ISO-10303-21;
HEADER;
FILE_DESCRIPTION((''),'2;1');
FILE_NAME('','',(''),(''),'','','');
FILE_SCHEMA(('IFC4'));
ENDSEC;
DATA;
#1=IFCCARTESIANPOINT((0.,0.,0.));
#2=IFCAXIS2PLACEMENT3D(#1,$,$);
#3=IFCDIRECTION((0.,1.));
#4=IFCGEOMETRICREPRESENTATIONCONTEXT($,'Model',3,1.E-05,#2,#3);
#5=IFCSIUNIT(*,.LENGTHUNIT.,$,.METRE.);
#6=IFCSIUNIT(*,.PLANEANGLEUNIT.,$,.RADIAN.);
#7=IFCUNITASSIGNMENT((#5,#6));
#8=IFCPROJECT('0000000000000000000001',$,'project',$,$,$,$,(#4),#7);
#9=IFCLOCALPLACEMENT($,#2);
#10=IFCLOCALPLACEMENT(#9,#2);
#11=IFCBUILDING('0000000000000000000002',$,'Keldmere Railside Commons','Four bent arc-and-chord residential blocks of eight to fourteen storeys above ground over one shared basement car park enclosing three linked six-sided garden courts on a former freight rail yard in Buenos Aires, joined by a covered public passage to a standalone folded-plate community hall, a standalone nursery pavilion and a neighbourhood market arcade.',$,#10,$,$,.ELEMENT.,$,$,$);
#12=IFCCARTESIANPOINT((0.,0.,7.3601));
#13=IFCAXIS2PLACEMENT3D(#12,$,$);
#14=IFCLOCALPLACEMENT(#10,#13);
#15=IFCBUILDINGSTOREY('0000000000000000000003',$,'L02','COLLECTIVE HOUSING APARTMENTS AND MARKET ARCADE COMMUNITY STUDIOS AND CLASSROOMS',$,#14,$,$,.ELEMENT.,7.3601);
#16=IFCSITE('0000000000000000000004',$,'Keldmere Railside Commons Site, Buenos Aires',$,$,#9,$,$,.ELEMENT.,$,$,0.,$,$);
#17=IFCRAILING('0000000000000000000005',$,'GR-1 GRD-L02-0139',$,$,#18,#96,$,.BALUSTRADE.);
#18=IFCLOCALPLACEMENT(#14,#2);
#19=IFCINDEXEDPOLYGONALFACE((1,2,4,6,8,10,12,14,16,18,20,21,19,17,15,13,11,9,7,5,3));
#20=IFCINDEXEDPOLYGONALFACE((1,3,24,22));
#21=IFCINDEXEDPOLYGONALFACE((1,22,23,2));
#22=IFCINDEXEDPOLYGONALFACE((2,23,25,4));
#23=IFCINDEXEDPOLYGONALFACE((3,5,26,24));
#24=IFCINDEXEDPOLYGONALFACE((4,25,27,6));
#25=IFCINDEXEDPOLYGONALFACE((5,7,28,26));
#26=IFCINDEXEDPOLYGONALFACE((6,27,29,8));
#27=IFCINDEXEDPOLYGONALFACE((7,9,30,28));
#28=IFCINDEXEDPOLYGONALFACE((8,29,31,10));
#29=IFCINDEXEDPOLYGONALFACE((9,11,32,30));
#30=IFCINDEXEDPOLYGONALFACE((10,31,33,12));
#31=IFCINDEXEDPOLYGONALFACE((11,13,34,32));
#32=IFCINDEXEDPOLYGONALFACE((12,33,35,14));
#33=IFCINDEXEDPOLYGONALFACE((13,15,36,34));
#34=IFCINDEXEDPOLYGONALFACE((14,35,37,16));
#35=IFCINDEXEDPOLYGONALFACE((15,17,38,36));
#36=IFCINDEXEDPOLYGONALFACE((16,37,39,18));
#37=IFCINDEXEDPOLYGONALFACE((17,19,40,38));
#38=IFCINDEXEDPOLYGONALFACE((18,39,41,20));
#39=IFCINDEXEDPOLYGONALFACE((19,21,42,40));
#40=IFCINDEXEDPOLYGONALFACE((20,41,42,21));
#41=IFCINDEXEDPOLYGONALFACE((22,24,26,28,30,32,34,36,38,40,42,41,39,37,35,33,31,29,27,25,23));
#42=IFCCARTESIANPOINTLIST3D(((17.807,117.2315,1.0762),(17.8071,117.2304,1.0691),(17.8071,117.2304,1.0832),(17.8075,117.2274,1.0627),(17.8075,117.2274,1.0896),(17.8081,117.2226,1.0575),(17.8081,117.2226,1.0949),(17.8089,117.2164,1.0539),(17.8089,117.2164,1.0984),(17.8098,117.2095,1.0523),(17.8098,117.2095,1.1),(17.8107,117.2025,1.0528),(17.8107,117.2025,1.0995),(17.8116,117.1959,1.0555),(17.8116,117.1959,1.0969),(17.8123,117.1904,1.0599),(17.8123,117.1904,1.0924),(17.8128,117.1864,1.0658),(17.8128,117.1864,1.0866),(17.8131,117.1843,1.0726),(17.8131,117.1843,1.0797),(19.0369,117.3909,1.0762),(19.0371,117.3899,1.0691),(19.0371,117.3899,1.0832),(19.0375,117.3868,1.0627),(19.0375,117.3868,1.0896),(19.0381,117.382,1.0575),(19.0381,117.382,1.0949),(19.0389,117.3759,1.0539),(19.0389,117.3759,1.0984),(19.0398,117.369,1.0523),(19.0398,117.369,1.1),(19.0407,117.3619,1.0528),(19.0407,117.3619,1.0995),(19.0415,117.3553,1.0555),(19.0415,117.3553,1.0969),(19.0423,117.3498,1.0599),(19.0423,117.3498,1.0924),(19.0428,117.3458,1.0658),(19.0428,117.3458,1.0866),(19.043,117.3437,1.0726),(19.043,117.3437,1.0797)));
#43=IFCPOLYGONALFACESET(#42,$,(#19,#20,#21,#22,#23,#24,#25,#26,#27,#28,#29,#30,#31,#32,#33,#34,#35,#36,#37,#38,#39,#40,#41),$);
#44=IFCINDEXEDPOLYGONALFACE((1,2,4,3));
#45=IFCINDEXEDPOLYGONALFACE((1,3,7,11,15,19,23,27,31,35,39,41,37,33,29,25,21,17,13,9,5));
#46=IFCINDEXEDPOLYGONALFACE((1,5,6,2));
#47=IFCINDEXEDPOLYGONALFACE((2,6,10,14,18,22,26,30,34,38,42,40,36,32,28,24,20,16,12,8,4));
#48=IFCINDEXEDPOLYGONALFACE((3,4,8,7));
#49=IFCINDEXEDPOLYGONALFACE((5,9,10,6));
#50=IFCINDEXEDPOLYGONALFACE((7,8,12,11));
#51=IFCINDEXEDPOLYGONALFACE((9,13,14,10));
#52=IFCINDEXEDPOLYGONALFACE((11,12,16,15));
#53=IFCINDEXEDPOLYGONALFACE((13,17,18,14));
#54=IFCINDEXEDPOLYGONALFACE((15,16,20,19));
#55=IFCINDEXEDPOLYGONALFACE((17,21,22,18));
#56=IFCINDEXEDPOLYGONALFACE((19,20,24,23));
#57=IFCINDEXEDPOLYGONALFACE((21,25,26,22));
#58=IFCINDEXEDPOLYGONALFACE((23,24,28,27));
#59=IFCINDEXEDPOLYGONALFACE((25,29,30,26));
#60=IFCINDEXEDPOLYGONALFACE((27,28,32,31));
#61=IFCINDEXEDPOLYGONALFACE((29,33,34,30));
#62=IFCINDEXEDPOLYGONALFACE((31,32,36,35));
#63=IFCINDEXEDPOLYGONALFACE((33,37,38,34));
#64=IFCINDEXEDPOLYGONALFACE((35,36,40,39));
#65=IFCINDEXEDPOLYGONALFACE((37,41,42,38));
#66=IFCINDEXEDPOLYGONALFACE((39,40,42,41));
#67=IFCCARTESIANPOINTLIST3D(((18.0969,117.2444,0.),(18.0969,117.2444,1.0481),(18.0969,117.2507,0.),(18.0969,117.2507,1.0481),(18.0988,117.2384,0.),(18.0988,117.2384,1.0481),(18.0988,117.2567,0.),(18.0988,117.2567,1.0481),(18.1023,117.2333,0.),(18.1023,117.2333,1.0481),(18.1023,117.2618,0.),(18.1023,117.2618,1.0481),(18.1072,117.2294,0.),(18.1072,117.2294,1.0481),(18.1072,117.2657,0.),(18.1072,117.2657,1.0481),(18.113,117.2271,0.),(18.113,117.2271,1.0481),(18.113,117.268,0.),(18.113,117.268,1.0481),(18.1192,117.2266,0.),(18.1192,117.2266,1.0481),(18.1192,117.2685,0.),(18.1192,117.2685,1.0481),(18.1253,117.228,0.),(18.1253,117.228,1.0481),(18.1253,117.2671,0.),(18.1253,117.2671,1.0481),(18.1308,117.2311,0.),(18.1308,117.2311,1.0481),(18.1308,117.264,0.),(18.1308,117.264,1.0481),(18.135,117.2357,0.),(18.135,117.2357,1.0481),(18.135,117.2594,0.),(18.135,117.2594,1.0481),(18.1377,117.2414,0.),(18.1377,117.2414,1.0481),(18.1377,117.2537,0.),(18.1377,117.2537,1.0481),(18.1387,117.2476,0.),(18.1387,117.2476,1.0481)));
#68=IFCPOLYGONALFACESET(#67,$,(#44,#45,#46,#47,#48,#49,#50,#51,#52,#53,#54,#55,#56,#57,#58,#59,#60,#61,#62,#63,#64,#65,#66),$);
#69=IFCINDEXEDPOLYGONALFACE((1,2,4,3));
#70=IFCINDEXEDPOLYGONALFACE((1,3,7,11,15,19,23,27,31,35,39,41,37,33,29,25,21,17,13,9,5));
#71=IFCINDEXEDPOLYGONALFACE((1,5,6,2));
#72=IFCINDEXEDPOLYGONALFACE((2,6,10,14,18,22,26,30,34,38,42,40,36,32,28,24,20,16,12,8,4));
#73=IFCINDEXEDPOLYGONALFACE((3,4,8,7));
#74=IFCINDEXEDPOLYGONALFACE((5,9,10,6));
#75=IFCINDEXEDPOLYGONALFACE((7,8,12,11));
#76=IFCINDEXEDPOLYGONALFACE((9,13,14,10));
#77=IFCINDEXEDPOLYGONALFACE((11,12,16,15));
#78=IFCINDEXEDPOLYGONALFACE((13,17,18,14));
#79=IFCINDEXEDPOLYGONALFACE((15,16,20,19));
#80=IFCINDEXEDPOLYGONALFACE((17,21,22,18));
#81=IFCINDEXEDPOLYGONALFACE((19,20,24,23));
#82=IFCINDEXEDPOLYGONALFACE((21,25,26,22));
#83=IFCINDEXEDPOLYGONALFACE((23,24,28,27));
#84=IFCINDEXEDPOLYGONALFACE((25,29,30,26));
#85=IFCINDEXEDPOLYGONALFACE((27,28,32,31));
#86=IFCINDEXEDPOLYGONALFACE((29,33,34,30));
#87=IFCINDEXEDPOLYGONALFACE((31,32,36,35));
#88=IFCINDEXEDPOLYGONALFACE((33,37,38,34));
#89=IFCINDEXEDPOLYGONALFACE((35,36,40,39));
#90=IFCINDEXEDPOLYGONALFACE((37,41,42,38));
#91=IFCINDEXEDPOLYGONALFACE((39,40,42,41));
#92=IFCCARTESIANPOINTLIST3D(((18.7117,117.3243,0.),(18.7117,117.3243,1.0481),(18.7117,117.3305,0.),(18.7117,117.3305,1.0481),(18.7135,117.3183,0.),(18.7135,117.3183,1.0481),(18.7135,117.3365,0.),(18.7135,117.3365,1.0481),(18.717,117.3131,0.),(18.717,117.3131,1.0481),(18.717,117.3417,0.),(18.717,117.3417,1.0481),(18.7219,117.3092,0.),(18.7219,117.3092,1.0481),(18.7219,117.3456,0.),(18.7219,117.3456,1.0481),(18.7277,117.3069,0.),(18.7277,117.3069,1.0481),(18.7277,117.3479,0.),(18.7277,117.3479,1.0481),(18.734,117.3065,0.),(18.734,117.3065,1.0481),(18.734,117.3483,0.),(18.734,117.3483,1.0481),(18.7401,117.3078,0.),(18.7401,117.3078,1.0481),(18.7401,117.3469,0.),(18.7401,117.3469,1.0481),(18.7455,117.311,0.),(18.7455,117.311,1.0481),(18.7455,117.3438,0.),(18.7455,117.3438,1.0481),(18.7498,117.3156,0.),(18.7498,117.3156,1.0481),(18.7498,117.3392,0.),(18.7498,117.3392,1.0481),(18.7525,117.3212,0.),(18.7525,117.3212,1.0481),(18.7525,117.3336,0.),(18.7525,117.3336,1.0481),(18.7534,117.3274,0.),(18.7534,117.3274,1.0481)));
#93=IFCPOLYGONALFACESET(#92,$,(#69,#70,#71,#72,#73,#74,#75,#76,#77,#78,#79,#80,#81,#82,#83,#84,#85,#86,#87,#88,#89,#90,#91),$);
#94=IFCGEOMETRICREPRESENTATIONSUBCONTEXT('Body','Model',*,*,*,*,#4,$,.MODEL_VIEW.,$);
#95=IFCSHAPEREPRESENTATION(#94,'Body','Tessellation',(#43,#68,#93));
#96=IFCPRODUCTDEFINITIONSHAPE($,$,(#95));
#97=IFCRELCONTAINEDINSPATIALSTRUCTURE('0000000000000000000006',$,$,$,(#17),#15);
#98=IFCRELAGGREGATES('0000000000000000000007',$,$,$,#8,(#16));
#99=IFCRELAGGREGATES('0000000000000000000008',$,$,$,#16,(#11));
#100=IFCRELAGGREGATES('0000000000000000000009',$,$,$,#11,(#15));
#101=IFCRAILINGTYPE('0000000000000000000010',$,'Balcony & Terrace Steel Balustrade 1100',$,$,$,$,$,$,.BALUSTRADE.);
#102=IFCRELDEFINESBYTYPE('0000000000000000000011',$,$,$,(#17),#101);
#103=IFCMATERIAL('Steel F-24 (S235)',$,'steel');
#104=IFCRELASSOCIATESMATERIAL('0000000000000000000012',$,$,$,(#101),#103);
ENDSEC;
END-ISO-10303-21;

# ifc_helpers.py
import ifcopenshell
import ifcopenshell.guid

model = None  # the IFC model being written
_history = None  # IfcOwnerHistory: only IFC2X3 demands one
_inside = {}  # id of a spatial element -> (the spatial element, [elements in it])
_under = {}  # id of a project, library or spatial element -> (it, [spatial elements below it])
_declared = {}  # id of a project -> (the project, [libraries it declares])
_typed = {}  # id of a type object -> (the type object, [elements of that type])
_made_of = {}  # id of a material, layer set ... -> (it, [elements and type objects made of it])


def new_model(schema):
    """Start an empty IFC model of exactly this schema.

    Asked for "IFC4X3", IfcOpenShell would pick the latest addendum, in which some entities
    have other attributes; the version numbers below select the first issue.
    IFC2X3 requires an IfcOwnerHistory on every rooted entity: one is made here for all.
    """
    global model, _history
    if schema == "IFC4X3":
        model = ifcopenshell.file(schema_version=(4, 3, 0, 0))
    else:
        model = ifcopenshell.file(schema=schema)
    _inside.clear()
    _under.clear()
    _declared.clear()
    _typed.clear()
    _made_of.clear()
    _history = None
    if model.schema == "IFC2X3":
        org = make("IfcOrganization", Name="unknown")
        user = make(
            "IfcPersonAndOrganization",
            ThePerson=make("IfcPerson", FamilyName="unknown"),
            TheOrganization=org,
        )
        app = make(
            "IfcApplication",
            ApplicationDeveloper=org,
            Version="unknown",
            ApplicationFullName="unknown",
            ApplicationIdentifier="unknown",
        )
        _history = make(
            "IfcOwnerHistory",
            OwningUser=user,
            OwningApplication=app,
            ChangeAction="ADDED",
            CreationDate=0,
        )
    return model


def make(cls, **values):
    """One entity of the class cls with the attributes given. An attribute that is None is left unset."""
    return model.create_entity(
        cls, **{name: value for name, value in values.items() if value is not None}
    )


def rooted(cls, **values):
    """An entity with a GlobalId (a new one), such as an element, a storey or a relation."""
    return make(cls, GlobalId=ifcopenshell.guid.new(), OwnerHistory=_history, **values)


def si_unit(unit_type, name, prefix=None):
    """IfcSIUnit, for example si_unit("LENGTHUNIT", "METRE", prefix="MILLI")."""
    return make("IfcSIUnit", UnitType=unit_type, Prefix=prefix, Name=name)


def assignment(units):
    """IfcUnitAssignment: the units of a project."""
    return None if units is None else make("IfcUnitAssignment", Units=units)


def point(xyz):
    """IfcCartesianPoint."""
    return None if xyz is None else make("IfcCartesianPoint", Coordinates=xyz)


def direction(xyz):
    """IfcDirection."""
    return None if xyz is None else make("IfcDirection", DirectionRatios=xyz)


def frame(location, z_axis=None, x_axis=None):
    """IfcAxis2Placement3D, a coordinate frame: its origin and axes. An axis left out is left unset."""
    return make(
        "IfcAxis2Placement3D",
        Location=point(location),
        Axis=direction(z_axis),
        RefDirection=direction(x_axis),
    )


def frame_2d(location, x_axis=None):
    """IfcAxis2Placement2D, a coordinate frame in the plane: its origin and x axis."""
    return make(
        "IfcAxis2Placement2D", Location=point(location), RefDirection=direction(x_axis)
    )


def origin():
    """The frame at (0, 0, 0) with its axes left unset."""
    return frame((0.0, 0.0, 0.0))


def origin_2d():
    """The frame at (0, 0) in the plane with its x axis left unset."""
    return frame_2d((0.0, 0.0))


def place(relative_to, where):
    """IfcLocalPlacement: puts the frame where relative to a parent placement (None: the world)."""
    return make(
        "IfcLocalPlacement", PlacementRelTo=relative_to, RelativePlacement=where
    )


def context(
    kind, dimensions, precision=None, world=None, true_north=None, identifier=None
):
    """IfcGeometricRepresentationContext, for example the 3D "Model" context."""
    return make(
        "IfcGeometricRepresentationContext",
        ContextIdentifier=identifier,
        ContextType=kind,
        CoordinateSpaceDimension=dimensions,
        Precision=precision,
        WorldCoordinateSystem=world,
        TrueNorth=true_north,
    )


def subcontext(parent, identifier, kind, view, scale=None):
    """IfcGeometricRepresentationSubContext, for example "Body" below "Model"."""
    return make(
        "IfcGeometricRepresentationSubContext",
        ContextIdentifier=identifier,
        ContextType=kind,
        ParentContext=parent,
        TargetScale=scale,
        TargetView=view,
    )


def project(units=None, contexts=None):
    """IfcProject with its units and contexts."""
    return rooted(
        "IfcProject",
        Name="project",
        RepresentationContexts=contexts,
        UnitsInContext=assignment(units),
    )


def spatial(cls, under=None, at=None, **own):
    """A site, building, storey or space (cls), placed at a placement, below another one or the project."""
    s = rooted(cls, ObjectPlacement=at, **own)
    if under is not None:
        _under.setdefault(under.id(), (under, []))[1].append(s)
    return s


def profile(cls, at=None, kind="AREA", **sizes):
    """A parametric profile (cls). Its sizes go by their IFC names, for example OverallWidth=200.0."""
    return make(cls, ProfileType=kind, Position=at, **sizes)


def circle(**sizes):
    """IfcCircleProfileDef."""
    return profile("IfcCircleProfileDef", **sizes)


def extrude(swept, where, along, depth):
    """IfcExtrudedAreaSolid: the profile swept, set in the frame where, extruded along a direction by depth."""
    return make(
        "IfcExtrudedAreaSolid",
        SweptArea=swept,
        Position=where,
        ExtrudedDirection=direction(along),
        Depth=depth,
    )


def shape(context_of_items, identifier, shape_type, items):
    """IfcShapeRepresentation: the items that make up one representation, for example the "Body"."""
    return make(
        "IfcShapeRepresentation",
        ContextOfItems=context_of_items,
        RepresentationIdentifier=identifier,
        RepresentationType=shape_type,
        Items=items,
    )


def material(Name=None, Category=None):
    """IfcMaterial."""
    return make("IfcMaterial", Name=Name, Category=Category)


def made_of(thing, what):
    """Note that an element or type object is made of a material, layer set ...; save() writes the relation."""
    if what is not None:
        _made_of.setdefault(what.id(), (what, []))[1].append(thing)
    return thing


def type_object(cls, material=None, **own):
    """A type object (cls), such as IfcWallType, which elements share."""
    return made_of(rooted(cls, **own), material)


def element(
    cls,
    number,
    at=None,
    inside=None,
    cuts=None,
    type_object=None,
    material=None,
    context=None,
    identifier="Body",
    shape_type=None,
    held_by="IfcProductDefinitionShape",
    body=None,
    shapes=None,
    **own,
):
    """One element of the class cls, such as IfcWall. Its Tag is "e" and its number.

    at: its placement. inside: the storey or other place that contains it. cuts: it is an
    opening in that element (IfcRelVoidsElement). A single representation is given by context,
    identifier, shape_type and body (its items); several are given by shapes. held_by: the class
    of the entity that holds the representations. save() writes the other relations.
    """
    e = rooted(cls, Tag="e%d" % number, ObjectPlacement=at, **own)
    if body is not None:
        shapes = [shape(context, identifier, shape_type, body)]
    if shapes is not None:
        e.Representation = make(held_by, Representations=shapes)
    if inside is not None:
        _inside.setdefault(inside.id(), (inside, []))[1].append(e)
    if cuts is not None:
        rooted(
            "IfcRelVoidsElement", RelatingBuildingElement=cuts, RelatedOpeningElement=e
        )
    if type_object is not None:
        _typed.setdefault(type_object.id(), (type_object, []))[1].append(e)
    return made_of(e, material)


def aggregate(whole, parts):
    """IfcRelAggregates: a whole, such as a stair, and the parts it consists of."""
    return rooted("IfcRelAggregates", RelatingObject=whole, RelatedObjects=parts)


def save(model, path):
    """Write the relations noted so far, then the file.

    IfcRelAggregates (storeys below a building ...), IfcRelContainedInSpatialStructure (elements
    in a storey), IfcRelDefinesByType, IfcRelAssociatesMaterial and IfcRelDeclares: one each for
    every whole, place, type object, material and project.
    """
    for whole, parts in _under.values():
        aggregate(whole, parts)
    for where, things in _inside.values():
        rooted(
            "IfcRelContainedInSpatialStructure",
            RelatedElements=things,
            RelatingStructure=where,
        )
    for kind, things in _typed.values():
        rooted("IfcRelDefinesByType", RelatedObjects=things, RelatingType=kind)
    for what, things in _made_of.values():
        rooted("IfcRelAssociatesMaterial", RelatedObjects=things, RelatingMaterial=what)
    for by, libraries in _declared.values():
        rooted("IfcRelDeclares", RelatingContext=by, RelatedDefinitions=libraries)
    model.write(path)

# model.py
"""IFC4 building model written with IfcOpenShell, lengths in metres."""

from ifc_helpers import new_model, si_unit, direction, frame, origin, origin_2d, place, context, subcontext, project, spatial, circle, extrude, material, type_object, element, save


model = new_model("IFC4")

# Units and contexts
model_context = context("Model", 3, precision=1e-05, world=origin(), true_north=direction((0.0, 1.0)))
body_context = subcontext(model_context, "Body", "Model", "MODEL_VIEW")
ifc_project = project(units=[si_unit("LENGTHUNIT", "METRE"), si_unit("PLANEANGLEUNIT", "RADIAN")], contexts=[model_context])

# Site, building, storey
site_placement = place(None, origin())
site = spatial("IfcSite", under=ifc_project, at=site_placement, Name="Keldmere Railside Commons Site, Buenos Aires", CompositionType="ELEMENT", RefElevation=0.0)
building_placement = place(site_placement, origin())
building = spatial("IfcBuilding", under=site, at=building_placement, Name="Keldmere Railside Commons", Description="Four bent arc-and-chord residential blocks of eight to fourteen storeys above ground over one shared basement car park enclosing three linked six-sided garden courts on a former freight rail yard in Buenos Aires, joined by a covered public passage to a standalone folded-plate community hall, a standalone nursery pavilion and a neighbourhood market arcade.", CompositionType="ELEMENT")
storey_placement = place(building_placement, frame((0.0, 0.0, 7.3601)))
storey = spatial("IfcBuildingStorey", under=building, at=storey_placement, Name="L02", Description="COLLECTIVE HOUSING APARTMENTS AND MARKET ARCADE COMMUNITY STUDIOS AND CLASSROOMS", CompositionType="ELEMENT", Elevation=7.3601)

# Railing
ifc_material_1 = material(Name="Steel F-24 (S235)", Category="steel")
railing_type = type_object("IfcRailingType", Name="Balcony & Terrace Steel Balustrade 1100", PredefinedType="BALUSTRADE", material=ifc_material_1)
railing_1_placement = place(storey_placement, frame((17.8101, 117.2078, 0.0)))
element("IfcRailing", 1, at=railing_1_placement, inside=storey, type_object=railing_type, Name="GR-1 GRD-L02-0139", PredefinedType="BALUSTRADE", context=body_context, shape_type="SweptSolid", body=[
    extrude(circle(Radius=0.0239, at=origin_2d()), frame((0.0, 0.0, 1.0762), z_axis=(0.991704, 0.12854, 0.0), x_axis=(-0.12854, 0.991704, 0.0)), (0.0, 0.0, 1.0), 1.2402),
    extrude(circle(Radius=0.021, at=origin_2d()), frame((0.3076, 0.0398, 0.0)), (0.0, 0.0, 1.0), 1.0481),
    extrude(circle(Radius=0.021, at=origin_2d()), frame((0.9224, 0.1196, 0.0)), (0.0, 0.0, 1.0), 1.0481),
])

save(model, "model.ifc")
